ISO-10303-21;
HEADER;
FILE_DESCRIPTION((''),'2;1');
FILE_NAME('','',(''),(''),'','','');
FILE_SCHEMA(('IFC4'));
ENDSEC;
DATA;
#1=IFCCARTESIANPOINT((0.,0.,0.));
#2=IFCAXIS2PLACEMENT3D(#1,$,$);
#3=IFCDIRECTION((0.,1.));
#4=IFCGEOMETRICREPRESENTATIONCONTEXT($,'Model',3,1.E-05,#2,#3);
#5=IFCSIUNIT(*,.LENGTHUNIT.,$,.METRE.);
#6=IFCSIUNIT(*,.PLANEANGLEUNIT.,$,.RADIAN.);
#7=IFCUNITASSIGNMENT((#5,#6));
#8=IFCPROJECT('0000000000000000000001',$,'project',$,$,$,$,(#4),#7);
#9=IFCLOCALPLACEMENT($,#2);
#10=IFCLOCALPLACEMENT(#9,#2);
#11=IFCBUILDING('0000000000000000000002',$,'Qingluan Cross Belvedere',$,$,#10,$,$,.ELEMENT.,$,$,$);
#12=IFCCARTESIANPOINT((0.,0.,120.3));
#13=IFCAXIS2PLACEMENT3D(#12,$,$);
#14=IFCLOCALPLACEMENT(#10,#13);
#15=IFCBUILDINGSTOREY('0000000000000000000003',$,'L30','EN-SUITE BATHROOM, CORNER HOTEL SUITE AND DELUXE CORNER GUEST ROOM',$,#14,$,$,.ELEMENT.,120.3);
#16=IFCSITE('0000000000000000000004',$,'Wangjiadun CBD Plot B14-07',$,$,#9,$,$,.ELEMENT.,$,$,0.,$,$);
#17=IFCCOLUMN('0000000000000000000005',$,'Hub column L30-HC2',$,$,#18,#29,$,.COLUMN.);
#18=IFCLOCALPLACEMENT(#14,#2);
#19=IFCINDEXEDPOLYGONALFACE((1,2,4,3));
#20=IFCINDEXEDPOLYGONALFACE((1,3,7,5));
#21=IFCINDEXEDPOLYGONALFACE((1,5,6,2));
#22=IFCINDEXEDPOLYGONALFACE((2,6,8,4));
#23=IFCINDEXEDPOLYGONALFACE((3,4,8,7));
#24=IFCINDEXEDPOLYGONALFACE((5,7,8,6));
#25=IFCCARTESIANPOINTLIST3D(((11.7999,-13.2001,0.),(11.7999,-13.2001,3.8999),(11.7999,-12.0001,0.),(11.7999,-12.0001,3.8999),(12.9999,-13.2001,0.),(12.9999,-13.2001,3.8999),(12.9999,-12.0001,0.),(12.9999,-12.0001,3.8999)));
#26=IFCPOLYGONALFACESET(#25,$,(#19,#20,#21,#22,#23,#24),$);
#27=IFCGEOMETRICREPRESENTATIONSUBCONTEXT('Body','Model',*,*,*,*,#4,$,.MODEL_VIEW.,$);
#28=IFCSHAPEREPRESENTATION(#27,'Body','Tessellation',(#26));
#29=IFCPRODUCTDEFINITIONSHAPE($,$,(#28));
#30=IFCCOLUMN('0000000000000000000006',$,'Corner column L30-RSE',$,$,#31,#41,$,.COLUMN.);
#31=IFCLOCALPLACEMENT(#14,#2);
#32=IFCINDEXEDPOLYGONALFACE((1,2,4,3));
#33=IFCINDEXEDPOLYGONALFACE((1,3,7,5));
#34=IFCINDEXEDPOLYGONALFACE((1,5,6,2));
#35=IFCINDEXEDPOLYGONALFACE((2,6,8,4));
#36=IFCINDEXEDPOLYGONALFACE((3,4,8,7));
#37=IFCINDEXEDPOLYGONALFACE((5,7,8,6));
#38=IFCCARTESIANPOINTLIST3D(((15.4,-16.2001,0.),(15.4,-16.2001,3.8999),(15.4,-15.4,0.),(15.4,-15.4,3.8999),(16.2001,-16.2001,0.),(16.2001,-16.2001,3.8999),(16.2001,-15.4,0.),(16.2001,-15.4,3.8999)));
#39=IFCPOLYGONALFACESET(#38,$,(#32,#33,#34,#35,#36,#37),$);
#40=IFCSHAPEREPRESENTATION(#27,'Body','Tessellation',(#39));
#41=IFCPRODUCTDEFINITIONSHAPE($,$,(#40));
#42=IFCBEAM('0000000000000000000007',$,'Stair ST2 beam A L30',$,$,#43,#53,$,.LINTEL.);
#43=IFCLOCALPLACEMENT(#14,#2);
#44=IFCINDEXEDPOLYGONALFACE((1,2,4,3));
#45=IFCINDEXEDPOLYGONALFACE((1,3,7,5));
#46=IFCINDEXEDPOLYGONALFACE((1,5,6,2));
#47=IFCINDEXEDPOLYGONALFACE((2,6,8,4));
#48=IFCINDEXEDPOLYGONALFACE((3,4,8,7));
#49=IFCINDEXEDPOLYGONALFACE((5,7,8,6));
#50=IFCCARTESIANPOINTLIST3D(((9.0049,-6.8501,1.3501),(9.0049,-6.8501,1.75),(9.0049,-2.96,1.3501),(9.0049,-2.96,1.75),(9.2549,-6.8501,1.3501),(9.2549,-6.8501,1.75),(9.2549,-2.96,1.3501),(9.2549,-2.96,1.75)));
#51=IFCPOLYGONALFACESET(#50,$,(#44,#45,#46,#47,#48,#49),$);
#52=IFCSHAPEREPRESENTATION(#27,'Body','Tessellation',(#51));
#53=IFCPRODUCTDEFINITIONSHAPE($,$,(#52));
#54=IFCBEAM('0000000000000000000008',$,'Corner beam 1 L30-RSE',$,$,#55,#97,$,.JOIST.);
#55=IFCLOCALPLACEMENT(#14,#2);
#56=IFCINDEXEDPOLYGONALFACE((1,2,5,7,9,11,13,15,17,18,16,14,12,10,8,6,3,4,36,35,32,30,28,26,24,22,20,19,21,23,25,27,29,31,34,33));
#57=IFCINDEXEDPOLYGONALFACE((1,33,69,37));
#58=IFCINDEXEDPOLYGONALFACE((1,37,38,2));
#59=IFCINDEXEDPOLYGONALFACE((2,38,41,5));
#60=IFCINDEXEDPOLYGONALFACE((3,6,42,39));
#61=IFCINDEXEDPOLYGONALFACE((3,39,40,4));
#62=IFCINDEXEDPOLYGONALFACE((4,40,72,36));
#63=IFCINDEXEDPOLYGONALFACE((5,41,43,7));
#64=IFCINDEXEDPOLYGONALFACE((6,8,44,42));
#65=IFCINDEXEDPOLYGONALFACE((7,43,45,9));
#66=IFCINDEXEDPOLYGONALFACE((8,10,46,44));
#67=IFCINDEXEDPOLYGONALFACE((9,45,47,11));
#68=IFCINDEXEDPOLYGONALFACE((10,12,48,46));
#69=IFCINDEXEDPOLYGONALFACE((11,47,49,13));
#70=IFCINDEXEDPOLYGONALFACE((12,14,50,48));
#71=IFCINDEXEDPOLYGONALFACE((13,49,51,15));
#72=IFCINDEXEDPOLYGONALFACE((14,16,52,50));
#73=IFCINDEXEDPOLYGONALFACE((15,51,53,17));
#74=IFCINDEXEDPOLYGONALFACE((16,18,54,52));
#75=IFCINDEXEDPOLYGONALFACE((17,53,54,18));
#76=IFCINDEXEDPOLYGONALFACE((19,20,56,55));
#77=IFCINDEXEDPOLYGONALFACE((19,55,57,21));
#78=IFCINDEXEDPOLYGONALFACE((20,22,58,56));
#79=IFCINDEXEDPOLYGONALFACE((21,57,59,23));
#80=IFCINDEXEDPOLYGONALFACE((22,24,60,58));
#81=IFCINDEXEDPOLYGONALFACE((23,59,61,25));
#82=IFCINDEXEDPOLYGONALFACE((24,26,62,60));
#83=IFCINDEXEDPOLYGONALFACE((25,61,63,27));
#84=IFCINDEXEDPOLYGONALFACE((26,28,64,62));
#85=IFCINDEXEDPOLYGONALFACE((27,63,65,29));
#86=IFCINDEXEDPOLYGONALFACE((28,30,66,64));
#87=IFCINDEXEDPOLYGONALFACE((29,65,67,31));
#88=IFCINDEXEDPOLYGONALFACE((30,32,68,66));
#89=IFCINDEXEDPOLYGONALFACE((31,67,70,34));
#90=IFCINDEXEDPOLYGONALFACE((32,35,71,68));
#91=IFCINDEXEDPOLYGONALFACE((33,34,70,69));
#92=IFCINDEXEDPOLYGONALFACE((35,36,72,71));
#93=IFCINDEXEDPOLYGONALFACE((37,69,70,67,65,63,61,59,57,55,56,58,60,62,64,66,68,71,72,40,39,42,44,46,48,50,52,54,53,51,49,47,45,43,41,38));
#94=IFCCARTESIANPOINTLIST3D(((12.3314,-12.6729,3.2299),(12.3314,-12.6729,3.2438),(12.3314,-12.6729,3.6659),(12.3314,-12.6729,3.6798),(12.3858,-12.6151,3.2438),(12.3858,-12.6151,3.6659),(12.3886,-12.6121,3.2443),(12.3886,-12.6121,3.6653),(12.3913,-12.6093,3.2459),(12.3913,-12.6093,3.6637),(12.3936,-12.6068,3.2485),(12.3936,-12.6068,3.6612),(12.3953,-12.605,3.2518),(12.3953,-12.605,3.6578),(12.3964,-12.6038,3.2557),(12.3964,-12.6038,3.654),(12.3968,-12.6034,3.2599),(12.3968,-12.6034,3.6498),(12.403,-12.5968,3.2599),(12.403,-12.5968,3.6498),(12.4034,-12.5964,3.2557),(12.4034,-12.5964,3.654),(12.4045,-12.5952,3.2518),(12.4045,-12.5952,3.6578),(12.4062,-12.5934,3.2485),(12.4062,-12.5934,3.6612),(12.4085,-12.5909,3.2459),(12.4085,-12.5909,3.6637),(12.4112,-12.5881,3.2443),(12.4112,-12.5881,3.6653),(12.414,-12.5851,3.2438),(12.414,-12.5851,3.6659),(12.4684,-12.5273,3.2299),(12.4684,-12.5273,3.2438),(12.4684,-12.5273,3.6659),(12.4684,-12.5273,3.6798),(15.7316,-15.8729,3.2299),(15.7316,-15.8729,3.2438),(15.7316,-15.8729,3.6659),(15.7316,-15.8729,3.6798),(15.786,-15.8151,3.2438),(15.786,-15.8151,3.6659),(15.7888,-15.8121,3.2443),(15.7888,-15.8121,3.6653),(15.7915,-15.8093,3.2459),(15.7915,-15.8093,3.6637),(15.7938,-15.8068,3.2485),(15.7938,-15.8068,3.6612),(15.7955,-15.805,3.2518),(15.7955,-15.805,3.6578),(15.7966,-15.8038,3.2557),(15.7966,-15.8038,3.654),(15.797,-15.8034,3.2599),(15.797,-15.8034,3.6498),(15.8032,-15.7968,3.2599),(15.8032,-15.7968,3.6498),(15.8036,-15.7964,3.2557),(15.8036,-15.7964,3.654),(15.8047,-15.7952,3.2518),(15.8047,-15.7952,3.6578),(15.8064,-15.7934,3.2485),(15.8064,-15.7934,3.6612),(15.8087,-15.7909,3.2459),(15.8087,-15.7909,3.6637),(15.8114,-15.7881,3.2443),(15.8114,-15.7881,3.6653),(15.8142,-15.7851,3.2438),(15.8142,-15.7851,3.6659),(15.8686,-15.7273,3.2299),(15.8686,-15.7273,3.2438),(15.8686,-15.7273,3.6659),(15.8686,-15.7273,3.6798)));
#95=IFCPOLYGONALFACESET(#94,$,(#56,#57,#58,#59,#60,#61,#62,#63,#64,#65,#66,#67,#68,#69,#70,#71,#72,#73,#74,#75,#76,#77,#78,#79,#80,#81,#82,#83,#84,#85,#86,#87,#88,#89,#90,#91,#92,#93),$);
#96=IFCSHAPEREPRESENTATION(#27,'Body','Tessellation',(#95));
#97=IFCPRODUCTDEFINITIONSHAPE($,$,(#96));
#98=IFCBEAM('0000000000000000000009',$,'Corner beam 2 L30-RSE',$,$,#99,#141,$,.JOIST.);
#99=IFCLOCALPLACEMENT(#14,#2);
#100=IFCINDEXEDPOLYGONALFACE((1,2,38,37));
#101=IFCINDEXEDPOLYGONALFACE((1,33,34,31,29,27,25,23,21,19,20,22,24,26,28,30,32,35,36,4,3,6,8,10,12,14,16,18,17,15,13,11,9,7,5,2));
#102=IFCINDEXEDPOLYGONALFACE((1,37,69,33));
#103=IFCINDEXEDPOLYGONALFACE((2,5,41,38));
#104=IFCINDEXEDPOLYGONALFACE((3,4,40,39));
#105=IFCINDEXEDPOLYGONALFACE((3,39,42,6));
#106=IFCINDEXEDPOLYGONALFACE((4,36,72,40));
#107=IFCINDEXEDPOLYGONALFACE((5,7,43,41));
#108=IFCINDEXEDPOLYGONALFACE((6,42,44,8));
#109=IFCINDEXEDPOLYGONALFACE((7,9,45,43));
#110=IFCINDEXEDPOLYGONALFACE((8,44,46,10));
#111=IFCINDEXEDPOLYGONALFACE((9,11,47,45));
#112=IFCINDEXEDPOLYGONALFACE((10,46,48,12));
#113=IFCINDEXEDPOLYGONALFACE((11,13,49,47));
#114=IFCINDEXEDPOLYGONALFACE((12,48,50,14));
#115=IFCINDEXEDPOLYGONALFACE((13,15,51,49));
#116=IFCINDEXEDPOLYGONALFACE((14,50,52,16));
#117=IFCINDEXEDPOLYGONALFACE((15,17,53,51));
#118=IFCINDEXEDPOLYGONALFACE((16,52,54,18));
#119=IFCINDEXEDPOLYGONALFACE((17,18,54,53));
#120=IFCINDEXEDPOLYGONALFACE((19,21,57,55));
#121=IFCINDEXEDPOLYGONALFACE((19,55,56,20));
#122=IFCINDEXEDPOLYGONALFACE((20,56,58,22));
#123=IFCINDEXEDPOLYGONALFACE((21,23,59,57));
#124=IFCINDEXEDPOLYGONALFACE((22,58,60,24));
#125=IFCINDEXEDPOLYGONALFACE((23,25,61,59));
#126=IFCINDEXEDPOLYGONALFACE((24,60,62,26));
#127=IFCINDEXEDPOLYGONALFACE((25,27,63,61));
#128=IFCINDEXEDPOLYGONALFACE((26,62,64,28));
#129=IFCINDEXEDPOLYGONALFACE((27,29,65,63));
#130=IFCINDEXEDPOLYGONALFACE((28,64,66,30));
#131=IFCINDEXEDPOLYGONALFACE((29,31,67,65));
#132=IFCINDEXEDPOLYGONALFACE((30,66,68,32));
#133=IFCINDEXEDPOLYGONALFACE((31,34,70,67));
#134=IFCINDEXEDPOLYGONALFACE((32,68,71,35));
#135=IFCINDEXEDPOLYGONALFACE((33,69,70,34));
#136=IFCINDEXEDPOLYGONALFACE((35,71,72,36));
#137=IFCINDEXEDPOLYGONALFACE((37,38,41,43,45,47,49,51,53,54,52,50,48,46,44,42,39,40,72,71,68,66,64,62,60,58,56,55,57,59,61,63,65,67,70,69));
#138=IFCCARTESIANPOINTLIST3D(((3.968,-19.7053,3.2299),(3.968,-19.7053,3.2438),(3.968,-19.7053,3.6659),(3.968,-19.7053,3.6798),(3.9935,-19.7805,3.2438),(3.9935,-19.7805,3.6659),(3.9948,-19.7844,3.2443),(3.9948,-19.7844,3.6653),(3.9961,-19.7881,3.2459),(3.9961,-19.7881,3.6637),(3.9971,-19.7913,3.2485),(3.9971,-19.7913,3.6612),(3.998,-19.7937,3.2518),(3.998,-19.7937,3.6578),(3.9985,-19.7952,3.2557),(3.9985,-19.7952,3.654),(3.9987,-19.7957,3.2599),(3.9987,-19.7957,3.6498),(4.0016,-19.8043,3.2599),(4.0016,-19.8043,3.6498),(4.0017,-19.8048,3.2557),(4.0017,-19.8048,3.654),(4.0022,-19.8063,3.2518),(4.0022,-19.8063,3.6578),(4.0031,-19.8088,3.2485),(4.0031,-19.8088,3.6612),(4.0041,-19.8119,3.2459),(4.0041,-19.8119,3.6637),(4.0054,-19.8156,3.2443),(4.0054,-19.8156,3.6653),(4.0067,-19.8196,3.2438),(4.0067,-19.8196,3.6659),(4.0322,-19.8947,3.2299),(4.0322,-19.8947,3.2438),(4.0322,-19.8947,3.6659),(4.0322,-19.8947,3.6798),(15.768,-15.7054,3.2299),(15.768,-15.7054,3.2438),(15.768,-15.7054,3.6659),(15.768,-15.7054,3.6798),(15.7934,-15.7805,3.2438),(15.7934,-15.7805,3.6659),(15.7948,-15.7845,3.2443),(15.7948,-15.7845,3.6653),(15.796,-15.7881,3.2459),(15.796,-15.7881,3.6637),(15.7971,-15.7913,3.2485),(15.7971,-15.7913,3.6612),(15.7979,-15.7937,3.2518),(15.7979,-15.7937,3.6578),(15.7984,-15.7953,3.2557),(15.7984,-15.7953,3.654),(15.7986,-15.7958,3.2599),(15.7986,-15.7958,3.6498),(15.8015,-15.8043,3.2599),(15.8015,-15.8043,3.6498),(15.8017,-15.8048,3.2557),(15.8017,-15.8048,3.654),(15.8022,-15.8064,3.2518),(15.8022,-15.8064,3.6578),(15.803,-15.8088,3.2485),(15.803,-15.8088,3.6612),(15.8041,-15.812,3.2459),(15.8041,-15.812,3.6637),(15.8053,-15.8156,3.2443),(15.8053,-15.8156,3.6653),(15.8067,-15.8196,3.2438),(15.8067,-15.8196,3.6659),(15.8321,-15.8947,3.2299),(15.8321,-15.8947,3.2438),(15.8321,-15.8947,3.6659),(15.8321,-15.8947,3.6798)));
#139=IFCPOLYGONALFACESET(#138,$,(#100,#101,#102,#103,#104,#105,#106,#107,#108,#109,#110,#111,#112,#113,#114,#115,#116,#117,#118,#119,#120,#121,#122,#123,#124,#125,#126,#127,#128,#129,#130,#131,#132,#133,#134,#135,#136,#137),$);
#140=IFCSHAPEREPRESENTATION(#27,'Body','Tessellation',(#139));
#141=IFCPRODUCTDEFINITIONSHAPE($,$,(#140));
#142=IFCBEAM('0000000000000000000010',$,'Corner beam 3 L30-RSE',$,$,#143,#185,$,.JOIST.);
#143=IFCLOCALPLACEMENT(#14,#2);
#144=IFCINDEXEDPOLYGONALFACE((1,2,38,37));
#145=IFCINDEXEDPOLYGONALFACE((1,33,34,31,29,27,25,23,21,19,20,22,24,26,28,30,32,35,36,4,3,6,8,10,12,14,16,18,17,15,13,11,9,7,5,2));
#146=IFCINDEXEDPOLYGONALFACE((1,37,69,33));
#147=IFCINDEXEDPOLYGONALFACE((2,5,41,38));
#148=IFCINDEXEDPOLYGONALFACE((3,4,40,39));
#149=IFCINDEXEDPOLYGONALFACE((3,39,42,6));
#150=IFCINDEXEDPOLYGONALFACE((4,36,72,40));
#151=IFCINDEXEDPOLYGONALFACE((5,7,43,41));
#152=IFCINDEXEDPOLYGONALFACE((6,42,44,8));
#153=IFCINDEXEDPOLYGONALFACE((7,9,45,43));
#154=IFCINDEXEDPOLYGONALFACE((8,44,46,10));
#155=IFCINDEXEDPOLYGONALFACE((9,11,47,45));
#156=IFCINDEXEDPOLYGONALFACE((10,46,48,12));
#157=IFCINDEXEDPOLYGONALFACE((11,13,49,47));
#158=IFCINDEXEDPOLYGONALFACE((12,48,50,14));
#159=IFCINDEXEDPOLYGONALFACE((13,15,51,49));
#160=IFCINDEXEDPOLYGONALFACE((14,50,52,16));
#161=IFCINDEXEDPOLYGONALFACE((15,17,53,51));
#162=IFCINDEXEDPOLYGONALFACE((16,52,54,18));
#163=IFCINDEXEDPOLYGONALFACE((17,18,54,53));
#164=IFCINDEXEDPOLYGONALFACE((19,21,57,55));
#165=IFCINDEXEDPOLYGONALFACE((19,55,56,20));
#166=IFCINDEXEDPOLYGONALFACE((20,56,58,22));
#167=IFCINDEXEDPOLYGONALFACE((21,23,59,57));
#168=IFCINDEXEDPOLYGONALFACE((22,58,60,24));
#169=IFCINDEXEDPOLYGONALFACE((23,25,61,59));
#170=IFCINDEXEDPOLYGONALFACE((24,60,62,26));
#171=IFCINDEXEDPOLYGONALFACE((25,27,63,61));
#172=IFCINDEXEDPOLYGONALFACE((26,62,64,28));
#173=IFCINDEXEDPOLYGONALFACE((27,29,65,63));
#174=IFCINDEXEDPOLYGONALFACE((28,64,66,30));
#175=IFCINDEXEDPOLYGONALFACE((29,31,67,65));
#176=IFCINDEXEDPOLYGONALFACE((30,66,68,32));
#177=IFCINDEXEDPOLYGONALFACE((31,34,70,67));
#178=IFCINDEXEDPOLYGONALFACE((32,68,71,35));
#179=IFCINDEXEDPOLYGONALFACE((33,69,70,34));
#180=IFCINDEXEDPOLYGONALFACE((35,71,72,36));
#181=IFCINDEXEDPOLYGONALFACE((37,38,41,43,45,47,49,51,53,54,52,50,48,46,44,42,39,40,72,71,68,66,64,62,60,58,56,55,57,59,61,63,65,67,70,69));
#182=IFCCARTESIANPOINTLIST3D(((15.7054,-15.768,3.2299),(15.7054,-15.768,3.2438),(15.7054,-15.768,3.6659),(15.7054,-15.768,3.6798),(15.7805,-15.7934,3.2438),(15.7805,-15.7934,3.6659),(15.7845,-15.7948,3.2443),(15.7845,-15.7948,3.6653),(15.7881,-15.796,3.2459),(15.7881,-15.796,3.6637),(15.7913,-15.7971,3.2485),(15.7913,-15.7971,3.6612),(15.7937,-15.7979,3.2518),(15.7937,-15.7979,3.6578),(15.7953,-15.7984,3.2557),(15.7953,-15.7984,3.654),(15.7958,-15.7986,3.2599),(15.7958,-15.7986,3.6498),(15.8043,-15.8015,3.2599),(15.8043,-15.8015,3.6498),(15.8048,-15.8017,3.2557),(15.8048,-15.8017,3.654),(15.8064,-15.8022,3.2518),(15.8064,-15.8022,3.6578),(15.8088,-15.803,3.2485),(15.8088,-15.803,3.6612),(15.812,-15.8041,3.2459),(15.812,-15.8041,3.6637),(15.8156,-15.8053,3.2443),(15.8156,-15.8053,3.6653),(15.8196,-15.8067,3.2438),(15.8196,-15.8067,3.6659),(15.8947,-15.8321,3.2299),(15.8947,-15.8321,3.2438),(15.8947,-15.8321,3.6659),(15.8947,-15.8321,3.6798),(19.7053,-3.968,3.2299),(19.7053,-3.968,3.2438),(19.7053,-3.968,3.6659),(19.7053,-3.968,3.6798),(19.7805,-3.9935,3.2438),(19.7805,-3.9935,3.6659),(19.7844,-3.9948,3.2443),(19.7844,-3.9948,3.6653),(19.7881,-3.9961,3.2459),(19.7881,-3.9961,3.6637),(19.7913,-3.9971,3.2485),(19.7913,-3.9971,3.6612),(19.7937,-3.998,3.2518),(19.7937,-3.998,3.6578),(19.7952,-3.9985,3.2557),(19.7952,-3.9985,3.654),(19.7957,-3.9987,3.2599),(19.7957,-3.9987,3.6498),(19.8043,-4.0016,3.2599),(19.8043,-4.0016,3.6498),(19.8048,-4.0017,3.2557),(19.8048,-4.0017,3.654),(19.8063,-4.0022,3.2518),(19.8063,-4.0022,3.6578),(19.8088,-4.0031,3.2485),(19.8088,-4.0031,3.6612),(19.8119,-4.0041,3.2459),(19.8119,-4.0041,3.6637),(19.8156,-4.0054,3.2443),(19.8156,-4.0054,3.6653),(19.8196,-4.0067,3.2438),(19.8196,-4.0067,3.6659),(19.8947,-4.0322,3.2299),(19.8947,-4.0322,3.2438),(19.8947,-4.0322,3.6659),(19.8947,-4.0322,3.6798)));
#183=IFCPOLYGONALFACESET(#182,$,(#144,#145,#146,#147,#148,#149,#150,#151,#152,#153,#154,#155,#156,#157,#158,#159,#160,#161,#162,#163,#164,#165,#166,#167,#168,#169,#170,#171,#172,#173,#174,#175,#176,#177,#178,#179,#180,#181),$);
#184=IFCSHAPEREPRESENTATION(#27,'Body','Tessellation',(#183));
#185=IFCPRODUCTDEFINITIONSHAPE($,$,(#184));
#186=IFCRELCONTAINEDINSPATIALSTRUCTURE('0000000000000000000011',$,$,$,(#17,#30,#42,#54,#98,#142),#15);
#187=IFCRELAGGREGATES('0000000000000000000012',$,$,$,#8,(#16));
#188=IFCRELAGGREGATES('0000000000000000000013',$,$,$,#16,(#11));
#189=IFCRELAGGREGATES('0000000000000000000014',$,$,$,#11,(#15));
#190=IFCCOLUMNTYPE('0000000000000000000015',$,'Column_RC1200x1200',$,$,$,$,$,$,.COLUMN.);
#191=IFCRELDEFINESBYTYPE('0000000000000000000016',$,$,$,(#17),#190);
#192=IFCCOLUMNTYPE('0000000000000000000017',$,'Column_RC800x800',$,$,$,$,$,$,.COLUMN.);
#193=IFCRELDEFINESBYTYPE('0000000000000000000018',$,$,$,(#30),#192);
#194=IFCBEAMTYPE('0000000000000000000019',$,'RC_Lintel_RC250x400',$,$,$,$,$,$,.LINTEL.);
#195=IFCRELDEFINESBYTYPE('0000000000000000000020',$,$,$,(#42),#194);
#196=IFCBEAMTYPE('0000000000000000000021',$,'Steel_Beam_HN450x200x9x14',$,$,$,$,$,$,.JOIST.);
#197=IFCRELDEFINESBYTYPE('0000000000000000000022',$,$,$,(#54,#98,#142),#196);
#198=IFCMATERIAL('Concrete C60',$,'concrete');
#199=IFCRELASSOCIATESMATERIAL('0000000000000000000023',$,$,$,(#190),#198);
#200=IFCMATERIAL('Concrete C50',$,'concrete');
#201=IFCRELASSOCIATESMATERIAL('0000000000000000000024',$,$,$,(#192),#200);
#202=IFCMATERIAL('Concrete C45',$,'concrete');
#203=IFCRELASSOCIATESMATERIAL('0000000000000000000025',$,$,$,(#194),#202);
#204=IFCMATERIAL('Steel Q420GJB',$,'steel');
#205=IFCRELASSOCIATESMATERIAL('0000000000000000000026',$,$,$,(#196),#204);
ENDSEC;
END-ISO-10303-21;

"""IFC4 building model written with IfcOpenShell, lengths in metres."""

from ifc_helpers import new_model, si_unit, direction, frame, origin, origin_2d, place, context, subcontext, project, spatial, rectangle, i_section, extrude, material, material_profile, profile_set, type_object, element, save


model = new_model("IFC4")

# Units and contexts
model_context = context("Model", 3, precision=1e-05, world=origin(), true_north=direction((0.0, 1.0)))
body_context = subcontext(model_context, "Body", "Model", "MODEL_VIEW")
ifc_project = project(units=[si_unit("LENGTHUNIT", "METRE"), si_unit("PLANEANGLEUNIT", "RADIAN")], contexts=[model_context])

# Site, building, storey
site_placement = place(None, origin())
site = spatial("IfcSite", under=ifc_project, at=site_placement, Name="Wangjiadun CBD Plot B14-07", CompositionType="ELEMENT", RefElevation=0.0)
building_placement = place(site_placement, origin())
building = spatial("IfcBuilding", under=site, at=building_placement, Name="Qingluan Cross Belvedere", CompositionType="ELEMENT")
storey_placement = place(building_placement, frame((0.0, 0.0, 120.3)))
storey = spatial("IfcBuildingStorey", under=building, at=storey_placement, Name="L30", Description="EN-SUITE BATHROOM, CORNER HOTEL SUITE AND DELUXE CORNER GUEST ROOM", CompositionType="ELEMENT", Elevation=120.3)

# Columns
ifc_material_1 = material(Name="Concrete C60", Category="concrete")
ifc_material_profile_1 = material_profile(ifc_material_1, rectangle(XDim=1.2, YDim=1.2, at=origin_2d()), Name="RC1200x1200")
ifc_profile_set_1 = profile_set([ifc_material_profile_1], Name="Concrete C60")
column_type_1 = type_object("IfcColumnType", Name="Column_RC1200x1200", PredefinedType="COLUMN", material=ifc_profile_set_1)
column_1_placement = place(storey_placement, frame((12.3999, -12.6001, 0.0), z_axis=(0.0, 0.0, 1.0), x_axis=(1.0, 0.0, 0.0)))
element("IfcColumn", 1, at=column_1_placement, inside=storey, type_object=column_type_1, Name="Hub column L30-HC2", PredefinedType="COLUMN", context=body_context, shape_type="SweptSolid", body=[
    extrude(rectangle(XDim=1.2, YDim=1.2, at=origin_2d()), origin(), (0.0, 0.0, 1.0), 3.8999),
])
ifc_material_2 = material(Name="Concrete C50", Category="concrete")
ifc_material_profile_2 = material_profile(ifc_material_2, rectangle(XDim=0.8, YDim=0.8, at=origin_2d()), Name="RC800x800")
ifc_profile_set_2 = profile_set([ifc_material_profile_2], Name="Concrete C50")
column_type_2 = type_object("IfcColumnType", Name="Column_RC800x800", PredefinedType="COLUMN", material=ifc_profile_set_2)
column_2_placement = place(storey_placement, frame((15.8, -15.8, 0.0), z_axis=(0.0, 0.0, 1.0), x_axis=(1.0, 0.0, 0.0)))
element("IfcColumn", 2, at=column_2_placement, inside=storey, type_object=column_type_2, Name="Corner column L30-RSE", PredefinedType="COLUMN", context=body_context, shape_type="SweptSolid", body=[
    extrude(rectangle(XDim=0.8, YDim=0.8, at=origin_2d()), origin(), (0.0, 0.0, 1.0), 3.8999),
])

# Beams
ifc_material_3 = material(Name="Concrete C45", Category="concrete")
ifc_material_profile_3 = material_profile(ifc_material_3, rectangle(XDim=0.25, YDim=0.3999, at=origin_2d()), Name="RC250x400")
ifc_profile_set_3 = profile_set([ifc_material_profile_3], Name="Concrete C45")
beam_type_1 = type_object("IfcBeamType", Name="RC_Lintel_RC250x400", PredefinedType="LINTEL", material=ifc_profile_set_3)
beam_1_placement = place(storey_placement, frame((9.1299, -6.8501, 1.55), z_axis=(0.0, 1.0, 0.0), x_axis=(-1.0, 0.0, 0.0)))
element("IfcBeam", 3, at=beam_1_placement, inside=storey, type_object=beam_type_1, Name="Stair ST2 beam A L30", PredefinedType="LINTEL", context=body_context, shape_type="SweptSolid", body=[
    extrude(rectangle(XDim=0.25, YDim=0.3999, at=origin_2d()), origin(), (0.0, 0.0, 1.0), 3.8901),
])
ifc_material_4 = material(Name="Steel Q420GJB", Category="steel")
ifc_material_profile_4 = material_profile(ifc_material_4, i_section(OverallWidth=0.2, OverallDepth=0.45, WebThickness=0.009, FlangeThickness=0.0139, FilletRadius=0.0161, at=origin_2d()), Name="HN450x200x9x14")
ifc_profile_set_4 = profile_set([ifc_material_profile_4], Name="Steel Q420GJB")
beam_type_2 = type_object("IfcBeamType", Name="Steel_Beam_HN450x200x9x14", PredefinedType="JOIST", material=ifc_profile_set_4)
beam_2_placement = place(storey_placement, frame((12.3999, -12.6001, 3.4548), z_axis=(0.72822, -0.685343, 0.0), x_axis=(0.685343, 0.72822, 0.0)))
element("IfcBeam", 4, at=beam_2_placement, inside=storey, type_object=beam_type_2, Name="Corner beam 1 L30-RSE", PredefinedType="JOIST", context=body_context, shape_type="SweptSolid", body=[
    extrude(i_section(OverallWidth=0.2, OverallDepth=0.45, WebThickness=0.009, FlangeThickness=0.0139, FilletRadius=0.0161, at=origin_2d()), origin(), (0.0, 0.0, 1.0), 4.6692),
])
for number, where, z_axis, x_axis, name in (
    (5, (15.8, -15.8, 3.4548), (-0.947066, -0.321038, 0.0), (0.321038, -0.947066, 0.0), "Corner beam 2 L30-RSE"),
    (6, (15.8, -15.8, 3.4548), (0.321038, 0.947066, 0.0), (-0.947066, 0.321038, 0.0), "Corner beam 3 L30-RSE"),
):
    element("IfcBeam", number, at=place(storey_placement, frame(where, z_axis=z_axis, x_axis=x_axis)), inside=storey, type_object=beam_type_2, Name=name, PredefinedType="JOIST", context=body_context, shape_type="SweptSolid", body=[
        extrude(i_section(OverallWidth=0.2, OverallDepth=0.45, WebThickness=0.009, FlangeThickness=0.0139, FilletRadius=0.0161, at=origin_2d()), origin(), (0.0, 0.0, 1.0), 12.4595),
    ])

save(model, "model.ifc")
